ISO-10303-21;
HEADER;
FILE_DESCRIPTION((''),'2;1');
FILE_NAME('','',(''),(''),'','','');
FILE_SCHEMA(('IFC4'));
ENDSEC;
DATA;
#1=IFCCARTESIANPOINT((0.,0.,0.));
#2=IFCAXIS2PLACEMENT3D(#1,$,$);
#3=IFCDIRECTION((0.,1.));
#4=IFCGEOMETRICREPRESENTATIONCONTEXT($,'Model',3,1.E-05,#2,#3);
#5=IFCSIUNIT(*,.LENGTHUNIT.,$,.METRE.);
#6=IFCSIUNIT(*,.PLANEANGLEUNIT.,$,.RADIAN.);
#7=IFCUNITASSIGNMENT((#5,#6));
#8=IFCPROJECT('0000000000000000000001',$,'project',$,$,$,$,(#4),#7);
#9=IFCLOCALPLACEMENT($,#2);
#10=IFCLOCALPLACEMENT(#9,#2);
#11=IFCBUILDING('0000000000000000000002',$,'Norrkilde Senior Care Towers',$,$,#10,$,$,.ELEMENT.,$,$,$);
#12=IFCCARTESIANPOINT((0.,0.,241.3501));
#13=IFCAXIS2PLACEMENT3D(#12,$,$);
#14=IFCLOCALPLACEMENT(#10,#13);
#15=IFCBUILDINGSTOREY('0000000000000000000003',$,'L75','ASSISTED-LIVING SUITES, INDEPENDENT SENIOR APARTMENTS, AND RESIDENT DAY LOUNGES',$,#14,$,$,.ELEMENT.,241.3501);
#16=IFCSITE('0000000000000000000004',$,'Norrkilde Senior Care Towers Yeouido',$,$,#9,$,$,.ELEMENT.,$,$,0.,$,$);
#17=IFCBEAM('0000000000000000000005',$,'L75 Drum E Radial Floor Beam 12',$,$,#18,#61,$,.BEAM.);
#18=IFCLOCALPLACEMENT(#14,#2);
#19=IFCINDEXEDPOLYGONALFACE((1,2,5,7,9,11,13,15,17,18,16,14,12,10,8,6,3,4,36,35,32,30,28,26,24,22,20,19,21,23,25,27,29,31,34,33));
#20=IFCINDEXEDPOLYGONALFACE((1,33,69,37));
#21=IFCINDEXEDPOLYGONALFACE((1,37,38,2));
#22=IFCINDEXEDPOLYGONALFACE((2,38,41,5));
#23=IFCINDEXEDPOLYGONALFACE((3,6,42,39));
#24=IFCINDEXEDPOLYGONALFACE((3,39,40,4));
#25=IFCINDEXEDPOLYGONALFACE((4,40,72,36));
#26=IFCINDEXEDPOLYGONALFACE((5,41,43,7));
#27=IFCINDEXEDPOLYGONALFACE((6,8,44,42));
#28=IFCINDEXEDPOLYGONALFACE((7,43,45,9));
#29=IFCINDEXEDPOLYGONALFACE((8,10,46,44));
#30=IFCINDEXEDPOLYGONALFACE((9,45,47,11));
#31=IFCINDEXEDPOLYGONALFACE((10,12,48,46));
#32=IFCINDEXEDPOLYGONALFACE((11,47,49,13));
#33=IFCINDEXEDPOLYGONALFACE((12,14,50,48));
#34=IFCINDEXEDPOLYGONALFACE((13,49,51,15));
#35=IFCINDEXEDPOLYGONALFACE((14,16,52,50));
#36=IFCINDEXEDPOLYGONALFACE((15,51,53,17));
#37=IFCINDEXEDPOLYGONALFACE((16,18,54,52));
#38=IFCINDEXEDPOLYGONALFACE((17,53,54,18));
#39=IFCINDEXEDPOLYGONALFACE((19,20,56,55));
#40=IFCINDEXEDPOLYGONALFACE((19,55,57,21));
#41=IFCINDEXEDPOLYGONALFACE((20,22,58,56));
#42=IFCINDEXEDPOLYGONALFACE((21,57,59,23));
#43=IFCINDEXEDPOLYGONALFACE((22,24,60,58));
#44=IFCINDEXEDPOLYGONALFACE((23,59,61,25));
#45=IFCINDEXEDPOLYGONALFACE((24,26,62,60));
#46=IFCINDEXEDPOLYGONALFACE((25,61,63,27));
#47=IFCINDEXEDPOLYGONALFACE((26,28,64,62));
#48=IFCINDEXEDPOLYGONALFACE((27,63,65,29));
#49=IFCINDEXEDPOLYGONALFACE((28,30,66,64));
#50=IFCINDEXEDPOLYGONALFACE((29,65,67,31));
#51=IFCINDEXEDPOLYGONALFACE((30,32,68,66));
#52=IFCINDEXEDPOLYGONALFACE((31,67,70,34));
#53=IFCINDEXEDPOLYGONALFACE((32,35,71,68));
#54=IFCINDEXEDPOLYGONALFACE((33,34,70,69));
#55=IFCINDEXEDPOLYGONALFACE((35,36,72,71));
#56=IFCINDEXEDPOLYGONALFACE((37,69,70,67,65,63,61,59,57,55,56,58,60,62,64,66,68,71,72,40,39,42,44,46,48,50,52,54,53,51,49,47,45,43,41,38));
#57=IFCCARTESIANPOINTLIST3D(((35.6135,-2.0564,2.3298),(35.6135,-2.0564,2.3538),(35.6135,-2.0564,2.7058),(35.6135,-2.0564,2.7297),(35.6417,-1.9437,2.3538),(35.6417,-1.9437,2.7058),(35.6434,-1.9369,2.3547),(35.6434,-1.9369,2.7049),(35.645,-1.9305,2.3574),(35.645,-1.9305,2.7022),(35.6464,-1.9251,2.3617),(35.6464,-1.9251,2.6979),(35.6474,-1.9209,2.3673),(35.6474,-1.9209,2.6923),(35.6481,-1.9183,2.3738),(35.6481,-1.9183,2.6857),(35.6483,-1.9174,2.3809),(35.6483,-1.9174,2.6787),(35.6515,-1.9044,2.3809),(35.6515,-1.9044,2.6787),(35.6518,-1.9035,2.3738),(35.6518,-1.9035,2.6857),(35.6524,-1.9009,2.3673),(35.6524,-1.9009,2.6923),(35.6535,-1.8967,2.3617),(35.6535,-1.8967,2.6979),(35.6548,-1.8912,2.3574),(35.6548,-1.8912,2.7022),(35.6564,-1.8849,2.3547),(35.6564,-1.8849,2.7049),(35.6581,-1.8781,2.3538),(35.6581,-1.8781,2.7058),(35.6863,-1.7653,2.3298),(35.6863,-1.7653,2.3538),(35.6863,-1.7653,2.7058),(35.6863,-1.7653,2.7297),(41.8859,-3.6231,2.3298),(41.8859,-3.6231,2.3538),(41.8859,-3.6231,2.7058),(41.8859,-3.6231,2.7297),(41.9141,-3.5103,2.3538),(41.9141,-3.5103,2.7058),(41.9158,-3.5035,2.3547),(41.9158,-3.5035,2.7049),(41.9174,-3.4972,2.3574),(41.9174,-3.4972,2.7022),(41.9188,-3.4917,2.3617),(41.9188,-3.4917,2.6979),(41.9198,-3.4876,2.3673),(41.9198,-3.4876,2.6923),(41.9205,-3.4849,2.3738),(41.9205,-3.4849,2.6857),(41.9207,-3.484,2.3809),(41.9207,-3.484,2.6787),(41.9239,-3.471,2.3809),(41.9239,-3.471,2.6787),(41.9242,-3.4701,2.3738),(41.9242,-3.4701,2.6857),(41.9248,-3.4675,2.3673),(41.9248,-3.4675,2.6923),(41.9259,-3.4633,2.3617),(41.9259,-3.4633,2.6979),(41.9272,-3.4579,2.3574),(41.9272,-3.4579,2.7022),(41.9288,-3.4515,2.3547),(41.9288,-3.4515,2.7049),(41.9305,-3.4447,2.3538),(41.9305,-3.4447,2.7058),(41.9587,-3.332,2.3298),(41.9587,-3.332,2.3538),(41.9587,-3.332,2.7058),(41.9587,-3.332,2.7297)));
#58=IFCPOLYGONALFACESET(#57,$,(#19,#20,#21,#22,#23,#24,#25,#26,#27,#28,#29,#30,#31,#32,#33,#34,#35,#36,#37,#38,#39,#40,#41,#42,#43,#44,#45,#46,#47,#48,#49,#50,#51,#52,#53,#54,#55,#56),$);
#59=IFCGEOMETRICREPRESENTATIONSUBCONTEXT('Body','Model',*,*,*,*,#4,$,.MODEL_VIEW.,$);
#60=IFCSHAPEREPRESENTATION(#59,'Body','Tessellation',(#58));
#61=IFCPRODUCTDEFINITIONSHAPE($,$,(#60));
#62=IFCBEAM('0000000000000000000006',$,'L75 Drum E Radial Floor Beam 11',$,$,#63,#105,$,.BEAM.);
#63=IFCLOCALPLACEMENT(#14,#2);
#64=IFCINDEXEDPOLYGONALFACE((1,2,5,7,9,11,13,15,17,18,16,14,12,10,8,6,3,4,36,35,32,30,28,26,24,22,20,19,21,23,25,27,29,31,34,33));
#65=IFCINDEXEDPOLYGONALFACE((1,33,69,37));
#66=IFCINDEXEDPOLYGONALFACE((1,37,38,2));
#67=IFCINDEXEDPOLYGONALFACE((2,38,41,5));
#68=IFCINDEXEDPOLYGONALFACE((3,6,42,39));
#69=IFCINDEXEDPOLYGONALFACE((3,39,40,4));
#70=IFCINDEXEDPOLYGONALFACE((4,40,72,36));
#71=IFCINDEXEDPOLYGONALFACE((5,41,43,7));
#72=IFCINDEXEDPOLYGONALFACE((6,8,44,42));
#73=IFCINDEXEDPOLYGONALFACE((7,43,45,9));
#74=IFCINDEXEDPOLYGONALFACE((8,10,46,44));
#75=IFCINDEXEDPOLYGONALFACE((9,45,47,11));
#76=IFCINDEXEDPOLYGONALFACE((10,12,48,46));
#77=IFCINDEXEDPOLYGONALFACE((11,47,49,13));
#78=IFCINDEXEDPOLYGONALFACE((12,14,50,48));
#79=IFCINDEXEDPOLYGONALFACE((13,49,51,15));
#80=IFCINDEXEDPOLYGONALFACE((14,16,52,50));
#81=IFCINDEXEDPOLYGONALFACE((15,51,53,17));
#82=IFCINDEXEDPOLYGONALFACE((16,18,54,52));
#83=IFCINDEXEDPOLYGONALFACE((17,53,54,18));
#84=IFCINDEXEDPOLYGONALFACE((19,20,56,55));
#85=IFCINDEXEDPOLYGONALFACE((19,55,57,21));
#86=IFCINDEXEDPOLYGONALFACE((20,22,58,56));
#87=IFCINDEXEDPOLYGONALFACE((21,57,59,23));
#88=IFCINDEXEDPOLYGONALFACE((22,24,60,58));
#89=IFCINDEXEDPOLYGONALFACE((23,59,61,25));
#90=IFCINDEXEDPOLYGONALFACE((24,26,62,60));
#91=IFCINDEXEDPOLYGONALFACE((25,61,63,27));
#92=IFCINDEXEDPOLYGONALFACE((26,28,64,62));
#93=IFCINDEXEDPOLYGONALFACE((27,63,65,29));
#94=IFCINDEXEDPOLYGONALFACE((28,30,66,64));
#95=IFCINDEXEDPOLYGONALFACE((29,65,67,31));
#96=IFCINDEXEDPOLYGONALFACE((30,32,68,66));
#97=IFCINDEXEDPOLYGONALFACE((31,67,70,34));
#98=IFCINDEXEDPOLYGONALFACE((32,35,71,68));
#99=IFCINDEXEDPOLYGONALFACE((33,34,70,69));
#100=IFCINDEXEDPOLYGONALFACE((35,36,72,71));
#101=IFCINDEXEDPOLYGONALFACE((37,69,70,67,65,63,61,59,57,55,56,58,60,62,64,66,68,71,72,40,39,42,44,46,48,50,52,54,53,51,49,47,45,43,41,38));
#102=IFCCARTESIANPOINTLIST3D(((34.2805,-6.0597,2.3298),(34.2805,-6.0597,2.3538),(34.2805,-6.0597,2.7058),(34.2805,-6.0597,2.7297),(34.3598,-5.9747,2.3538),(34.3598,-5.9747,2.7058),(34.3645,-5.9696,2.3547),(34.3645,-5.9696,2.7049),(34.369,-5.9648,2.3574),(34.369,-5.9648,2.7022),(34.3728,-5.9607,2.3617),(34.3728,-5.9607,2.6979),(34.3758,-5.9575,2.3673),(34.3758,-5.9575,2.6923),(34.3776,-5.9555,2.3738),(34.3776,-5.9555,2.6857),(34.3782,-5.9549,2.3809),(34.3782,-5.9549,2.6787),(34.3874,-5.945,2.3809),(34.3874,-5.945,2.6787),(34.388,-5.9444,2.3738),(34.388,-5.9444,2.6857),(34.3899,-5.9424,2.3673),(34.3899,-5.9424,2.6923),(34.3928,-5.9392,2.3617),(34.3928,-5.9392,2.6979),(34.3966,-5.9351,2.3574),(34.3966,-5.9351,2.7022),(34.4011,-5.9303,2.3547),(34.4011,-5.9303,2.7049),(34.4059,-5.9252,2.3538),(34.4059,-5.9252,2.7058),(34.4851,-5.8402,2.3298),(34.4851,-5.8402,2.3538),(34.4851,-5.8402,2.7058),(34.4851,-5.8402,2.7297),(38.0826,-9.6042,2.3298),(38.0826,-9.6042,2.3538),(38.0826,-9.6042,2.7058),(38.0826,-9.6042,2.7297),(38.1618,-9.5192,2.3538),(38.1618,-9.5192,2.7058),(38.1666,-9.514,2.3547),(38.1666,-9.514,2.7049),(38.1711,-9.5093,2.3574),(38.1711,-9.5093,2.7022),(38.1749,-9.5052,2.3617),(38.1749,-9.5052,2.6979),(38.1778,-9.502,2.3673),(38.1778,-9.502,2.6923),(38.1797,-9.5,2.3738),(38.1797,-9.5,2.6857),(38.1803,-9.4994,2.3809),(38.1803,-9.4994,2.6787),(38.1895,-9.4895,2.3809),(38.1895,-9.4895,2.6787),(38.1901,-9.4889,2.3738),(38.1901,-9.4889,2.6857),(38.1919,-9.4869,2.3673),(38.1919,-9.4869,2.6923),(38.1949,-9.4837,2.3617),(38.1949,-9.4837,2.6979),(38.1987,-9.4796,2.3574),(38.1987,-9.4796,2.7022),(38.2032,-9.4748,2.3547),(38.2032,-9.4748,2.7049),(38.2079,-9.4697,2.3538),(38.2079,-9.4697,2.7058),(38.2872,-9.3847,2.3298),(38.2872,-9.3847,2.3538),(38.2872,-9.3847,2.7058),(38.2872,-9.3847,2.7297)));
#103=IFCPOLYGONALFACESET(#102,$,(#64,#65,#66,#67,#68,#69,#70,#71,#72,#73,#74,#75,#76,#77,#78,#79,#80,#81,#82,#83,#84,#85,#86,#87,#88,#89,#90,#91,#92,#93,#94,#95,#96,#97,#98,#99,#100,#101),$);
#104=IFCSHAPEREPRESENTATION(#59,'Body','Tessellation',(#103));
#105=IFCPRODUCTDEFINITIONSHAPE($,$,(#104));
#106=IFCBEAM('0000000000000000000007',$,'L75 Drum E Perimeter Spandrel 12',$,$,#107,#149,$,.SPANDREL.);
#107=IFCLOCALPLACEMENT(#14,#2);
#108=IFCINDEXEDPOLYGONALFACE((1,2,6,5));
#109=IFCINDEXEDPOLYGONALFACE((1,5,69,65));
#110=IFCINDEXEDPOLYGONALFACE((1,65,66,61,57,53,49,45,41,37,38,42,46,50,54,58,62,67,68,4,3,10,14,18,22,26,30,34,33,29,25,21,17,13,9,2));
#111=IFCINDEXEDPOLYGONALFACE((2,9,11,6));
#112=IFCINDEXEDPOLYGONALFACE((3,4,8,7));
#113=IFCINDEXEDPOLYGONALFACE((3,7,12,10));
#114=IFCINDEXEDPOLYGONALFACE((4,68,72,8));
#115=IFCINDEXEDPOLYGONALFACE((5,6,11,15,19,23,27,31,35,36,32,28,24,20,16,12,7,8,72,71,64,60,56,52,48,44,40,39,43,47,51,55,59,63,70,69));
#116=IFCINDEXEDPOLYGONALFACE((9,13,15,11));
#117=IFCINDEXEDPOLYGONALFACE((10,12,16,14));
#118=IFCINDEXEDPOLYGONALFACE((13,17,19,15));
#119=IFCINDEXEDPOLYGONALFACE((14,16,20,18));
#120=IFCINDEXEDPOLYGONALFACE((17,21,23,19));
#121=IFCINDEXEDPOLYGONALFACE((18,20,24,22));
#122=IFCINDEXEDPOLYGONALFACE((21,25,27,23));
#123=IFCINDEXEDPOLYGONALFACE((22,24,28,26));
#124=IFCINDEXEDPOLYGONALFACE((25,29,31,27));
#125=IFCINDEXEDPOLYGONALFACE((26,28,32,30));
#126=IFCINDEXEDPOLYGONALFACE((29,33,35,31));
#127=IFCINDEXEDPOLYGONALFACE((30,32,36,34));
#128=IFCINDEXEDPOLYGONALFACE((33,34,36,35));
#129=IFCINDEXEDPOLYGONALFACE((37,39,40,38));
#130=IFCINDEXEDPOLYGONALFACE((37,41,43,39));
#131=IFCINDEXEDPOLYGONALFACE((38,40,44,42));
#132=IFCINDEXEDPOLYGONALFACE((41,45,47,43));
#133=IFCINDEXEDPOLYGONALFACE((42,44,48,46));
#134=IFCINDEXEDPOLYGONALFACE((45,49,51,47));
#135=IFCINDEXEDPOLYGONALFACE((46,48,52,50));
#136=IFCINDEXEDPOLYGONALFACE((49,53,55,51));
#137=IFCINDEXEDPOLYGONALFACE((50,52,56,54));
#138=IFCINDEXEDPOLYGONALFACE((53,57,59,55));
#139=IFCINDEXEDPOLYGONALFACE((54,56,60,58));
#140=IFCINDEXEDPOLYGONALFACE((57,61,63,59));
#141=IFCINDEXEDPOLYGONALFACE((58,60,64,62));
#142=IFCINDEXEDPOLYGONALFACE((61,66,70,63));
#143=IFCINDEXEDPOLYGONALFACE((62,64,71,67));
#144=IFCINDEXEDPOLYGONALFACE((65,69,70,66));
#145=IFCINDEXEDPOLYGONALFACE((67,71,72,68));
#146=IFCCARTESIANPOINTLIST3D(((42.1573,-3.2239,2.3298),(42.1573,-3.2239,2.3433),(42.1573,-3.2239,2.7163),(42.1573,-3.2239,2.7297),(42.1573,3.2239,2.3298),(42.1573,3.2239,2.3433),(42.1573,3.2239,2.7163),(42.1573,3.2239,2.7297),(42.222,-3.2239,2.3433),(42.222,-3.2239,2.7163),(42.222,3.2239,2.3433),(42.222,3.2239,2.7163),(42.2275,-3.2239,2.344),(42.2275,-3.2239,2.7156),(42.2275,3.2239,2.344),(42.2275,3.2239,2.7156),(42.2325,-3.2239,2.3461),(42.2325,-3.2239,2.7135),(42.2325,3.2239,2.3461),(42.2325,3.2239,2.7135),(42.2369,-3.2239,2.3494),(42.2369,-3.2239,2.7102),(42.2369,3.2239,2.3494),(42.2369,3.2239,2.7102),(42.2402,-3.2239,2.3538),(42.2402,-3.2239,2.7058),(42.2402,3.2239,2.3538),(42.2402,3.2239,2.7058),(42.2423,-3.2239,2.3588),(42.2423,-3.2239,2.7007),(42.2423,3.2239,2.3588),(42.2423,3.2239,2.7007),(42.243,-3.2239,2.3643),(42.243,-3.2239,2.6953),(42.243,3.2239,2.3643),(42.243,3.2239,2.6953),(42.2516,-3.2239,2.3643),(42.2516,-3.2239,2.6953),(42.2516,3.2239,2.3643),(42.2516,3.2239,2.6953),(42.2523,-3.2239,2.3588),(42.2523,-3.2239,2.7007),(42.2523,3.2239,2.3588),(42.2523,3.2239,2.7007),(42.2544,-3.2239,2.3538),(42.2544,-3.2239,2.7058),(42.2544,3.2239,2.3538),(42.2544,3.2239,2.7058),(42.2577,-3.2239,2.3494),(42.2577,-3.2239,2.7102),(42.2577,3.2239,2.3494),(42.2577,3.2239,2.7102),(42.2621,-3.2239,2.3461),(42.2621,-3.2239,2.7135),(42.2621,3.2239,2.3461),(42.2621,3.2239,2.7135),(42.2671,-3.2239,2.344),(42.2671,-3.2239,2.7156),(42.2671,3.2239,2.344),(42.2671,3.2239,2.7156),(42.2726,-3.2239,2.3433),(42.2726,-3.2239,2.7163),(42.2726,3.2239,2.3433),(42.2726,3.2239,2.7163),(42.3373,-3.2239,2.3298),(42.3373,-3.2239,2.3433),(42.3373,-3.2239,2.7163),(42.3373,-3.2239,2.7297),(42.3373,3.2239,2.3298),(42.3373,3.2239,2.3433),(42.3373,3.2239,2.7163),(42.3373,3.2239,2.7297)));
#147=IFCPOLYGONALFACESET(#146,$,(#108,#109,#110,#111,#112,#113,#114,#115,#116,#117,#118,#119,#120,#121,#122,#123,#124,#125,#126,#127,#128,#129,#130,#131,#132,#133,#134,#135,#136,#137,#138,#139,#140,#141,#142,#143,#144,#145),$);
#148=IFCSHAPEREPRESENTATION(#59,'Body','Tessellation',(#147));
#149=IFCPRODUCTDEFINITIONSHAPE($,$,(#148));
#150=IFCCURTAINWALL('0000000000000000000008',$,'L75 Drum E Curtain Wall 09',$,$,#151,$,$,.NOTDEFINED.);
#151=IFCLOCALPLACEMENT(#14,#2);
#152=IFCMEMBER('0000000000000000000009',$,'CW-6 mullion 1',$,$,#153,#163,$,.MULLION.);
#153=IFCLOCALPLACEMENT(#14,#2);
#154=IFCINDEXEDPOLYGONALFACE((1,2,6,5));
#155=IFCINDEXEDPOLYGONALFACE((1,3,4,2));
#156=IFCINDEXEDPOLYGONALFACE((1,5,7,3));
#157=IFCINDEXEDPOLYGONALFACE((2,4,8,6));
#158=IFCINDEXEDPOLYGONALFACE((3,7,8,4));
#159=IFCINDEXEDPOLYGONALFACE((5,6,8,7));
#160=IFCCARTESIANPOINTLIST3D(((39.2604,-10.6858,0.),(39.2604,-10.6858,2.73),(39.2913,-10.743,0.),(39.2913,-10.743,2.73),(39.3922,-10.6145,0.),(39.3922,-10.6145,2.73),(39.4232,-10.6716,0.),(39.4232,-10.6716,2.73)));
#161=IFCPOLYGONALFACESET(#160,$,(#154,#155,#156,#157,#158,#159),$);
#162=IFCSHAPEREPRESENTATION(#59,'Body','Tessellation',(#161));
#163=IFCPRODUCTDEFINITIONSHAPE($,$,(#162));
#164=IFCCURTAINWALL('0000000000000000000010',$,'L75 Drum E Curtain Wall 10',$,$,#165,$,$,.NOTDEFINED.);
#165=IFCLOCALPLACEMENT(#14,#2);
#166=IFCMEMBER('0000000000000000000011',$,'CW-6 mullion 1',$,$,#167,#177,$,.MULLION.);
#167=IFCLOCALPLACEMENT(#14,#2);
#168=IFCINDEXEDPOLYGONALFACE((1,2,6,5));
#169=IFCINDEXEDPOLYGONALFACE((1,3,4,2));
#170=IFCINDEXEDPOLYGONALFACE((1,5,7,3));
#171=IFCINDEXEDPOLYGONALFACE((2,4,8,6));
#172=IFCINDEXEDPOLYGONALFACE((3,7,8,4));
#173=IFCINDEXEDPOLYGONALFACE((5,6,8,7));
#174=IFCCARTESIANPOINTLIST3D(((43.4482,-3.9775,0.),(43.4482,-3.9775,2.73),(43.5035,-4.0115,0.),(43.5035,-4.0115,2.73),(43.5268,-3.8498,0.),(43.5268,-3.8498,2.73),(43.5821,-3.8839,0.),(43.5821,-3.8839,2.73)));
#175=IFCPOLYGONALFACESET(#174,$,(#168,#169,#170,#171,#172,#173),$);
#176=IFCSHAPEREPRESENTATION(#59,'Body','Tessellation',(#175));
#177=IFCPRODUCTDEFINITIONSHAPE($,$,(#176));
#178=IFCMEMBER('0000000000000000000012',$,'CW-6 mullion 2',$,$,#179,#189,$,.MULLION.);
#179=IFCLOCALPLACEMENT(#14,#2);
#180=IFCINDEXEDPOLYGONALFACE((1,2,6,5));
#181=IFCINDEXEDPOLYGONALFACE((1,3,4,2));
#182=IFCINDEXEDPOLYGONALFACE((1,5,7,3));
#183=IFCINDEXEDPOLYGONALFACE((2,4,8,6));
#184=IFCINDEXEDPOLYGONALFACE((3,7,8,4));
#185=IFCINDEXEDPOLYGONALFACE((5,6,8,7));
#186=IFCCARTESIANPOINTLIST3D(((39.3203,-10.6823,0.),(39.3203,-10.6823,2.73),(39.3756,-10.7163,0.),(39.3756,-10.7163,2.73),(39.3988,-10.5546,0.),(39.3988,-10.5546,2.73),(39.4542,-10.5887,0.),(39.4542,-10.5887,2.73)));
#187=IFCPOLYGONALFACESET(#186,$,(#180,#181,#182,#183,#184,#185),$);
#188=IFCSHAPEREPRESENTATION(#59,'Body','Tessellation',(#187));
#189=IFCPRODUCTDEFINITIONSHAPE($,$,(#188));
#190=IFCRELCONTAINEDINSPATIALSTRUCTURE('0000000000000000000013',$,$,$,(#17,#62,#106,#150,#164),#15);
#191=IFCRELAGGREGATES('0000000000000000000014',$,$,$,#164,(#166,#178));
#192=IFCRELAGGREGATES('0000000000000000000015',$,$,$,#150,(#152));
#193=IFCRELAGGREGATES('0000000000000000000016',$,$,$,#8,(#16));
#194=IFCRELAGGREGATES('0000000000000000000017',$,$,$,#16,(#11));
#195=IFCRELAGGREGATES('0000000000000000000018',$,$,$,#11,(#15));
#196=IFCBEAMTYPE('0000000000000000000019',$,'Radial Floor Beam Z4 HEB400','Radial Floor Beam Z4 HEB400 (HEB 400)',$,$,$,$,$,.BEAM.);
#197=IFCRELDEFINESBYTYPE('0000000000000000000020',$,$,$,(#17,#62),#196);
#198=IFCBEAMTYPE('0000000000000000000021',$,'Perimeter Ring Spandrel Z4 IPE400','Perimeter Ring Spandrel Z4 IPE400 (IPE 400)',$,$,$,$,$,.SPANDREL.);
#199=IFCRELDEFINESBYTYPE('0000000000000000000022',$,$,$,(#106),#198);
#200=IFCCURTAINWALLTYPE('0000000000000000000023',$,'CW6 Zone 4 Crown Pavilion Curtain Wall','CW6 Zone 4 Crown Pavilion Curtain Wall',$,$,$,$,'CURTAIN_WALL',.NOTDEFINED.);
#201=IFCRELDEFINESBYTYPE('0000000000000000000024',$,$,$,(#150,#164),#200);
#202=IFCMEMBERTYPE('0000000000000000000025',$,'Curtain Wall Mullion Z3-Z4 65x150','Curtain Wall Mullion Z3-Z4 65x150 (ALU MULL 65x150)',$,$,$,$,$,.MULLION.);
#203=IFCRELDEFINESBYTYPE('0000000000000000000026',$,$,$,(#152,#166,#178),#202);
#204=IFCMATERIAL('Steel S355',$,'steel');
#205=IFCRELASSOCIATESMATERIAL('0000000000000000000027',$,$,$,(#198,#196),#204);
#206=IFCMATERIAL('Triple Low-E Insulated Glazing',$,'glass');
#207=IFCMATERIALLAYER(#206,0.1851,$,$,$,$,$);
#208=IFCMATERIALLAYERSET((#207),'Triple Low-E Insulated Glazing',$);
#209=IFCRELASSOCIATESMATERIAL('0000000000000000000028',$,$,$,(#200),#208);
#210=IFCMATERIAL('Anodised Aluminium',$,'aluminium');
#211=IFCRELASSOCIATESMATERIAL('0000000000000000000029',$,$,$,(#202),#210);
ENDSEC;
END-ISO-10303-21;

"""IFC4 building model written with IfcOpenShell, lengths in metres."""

from ifc_helpers import new_model, si_unit, direction, frame, origin, origin_2d, place, context, subcontext, project, spatial, rectangle, i_section, extrude, source, transform, mapped, material, layer, layer_set, material_profile, profile_set, type_object, type_shapes, element, aggregate, save


model = new_model("IFC4")

# Units and contexts
model_context = context("Model", 3, precision=1e-05, world=origin(), true_north=direction((0.0, 1.0)))
body_context = subcontext(model_context, "Body", "Model", "MODEL_VIEW")
ifc_project = project(units=[si_unit("LENGTHUNIT", "METRE"), si_unit("PLANEANGLEUNIT", "RADIAN")], contexts=[model_context])

# Site, building, storey
site_placement = place(None, origin())
site = spatial("IfcSite", under=ifc_project, at=site_placement, Name="Norrkilde Senior Care Towers Yeouido", CompositionType="ELEMENT", RefElevation=0.0)
building_placement = place(site_placement, origin())
building = spatial("IfcBuilding", under=site, at=building_placement, Name="Norrkilde Senior Care Towers", CompositionType="ELEMENT")
storey_placement = place(building_placement, frame((0.0, 0.0, 241.3501)))
storey = spatial("IfcBuildingStorey", under=building, at=storey_placement, Name="L75", Description="ASSISTED-LIVING SUITES, INDEPENDENT SENIOR APARTMENTS, AND RESIDENT DAY LOUNGES", CompositionType="ELEMENT", Elevation=241.3501)

# Beams
ifc_material_1 = material(Name="Steel S355", Category="steel")
ifc_material_profile_1 = material_profile(ifc_material_1, i_section(OverallWidth=0.1799, OverallDepth=0.3999, WebThickness=0.0085, FlangeThickness=0.0134, FilletRadius=0.021, at=origin_2d()), Name="IPE 400")
ifc_profile_set_1 = profile_set([ifc_material_profile_1], Name="Steel S355")
beam_type_1 = type_object("IfcBeamType", Name="Perimeter Ring Spandrel Z4 IPE400", Description="Perimeter Ring Spandrel Z4 IPE400 (IPE 400)", PredefinedType="SPANDREL", material=ifc_profile_set_1)
ifc_material_profile_2 = material_profile(ifc_material_1, i_section(OverallWidth=0.3, OverallDepth=0.3999, WebThickness=0.0134, FlangeThickness=0.0239, FilletRadius=0.0271, at=origin_2d()), Name="HEB 400")
ifc_profile_set_2 = profile_set([ifc_material_profile_2], Name="Steel S355")
beam_type_2 = type_object("IfcBeamType", Name="Radial Floor Beam Z4 HEB400", Description="Radial Floor Beam Z4 HEB400 (HEB 400)", PredefinedType="BEAM", material=ifc_profile_set_2)
shared_shape_1 = source(origin(), body_context, "Body", "SweptSolid", [
    extrude(i_section(OverallWidth=0.3, OverallDepth=0.3999, WebThickness=0.0134, FlangeThickness=0.0239, FilletRadius=0.0271, at=origin_2d()), origin(), (0.0, 0.0, 1.0), 6.4651),
])
beam_1_placement = place(storey_placement, frame((35.6499, -1.9109, 2.5298), z_axis=(0.970196, -0.242322, 0.0), x_axis=(0.242322, 0.970196, 0.0)))
element("IfcBeam", 1, at=beam_1_placement, inside=storey, type_object=beam_type_2, Name="L75 Drum E Radial Floor Beam 12", PredefinedType="BEAM", context=body_context, shape_type="MappedRepresentation", body=[
    mapped(shared_shape_1, transform((0.0, 0.0, 0.0), x_axis=(1.0, 0.0, 0.0), y_axis=(0.0, 1.0, 0.0), z_axis=(0.0, 0.0, 1.0), scale=1.0)),
])
shared_shape_2 = source(origin(), body_context, "Body", "SweptSolid", [
    extrude(i_section(OverallWidth=0.3, OverallDepth=0.3999, WebThickness=0.0134, FlangeThickness=0.0239, FilletRadius=0.0271, at=origin_2d()), origin(), (0.0, 0.0, 1.0), 5.198),
])
type_shapes(beam_type_2, [shared_shape_1, shared_shape_2])
beam_2_placement = place(storey_placement, frame((34.3828, -5.95, 2.5298), z_axis=(0.731449, -0.681896, 0.0), x_axis=(0.681896, 0.731449, 0.0)))
element("IfcBeam", 2, at=beam_2_placement, inside=storey, type_object=beam_type_2, Name="L75 Drum E Radial Floor Beam 11", PredefinedType="BEAM", context=body_context, shape_type="MappedRepresentation", body=[
    mapped(shared_shape_2, transform((0.0, 0.0, 0.0), x_axis=(1.0, 0.0, 0.0), y_axis=(0.0, 1.0, 0.0), z_axis=(0.0, 0.0, 1.0), scale=1.0)),
])
shared_shape_3 = source(origin(), body_context, "Body", "SweptSolid", [
    extrude(i_section(OverallWidth=0.1799, OverallDepth=0.3999, WebThickness=0.0085, FlangeThickness=0.0134, FilletRadius=0.021, at=origin_2d()), origin(), (0.0, 0.0, 1.0), 6.4478),
])
beam_3_placement = place(storey_placement, frame((42.2473, -3.2239, 2.5298), z_axis=(0.0, 1.0, 0.0), x_axis=(-1.0, 0.0, 0.0)))
element("IfcBeam", 3, at=beam_3_placement, inside=storey, type_object=beam_type_1, Name="L75 Drum E Perimeter Spandrel 12", PredefinedType="SPANDREL", context=body_context, shape_type="MappedRepresentation", body=[
    mapped(shared_shape_3, transform((0.0, 0.0, 0.0), x_axis=(1.0, 0.0, 0.0), y_axis=(0.0, 1.0, 0.0), z_axis=(0.0, 0.0, 1.0), scale=1.0)),
])

# Curtain wall, member
ifc_material_2 = material(Name="Triple Low-E Insulated Glazing", Category="glass")
ifc_layer_1 = layer(ifc_material_2, 0.1851)
ifc_layer_set_1 = layer_set([ifc_layer_1], Name="Triple Low-E Insulated Glazing")
curtain_wall_type = type_object("IfcCurtainWallType", Name="CW6 Zone 4 Crown Pavilion Curtain Wall", Description="CW6 Zone 4 Crown Pavilion Curtain Wall", ElementType="CURTAIN_WALL", PredefinedType="NOTDEFINED", material=ifc_layer_set_1)
curtain_wall_1_placement = place(storey_placement, origin())
curtain_wall_1 = element("IfcCurtainWall", 4, at=curtain_wall_1_placement, inside=storey, type_object=curtain_wall_type, Name="L75 Drum E Curtain Wall 09", PredefinedType="NOTDEFINED")
ifc_material_3 = material(Name="Anodised Aluminium", Category="aluminium")
ifc_material_profile_3 = material_profile(ifc_material_3, rectangle(XDim=0.0649, YDim=0.1499, at=origin_2d()), Name="ALU MULL 65x150")
ifc_profile_set_3 = profile_set([ifc_material_profile_3], Name="Anodised Aluminium")
member_type_1 = type_object("IfcMemberType", Name="Curtain Wall Mullion Z3-Z4 65x150", Description="Curtain Wall Mullion Z3-Z4 65x150 (ALU MULL 65x150)", PredefinedType="MULLION", material=ifc_profile_set_3)
shared_shape_4 = source(origin(), body_context, "Body", "SweptSolid", [
    extrude(rectangle(XDim=0.0649, YDim=0.1499, at=origin_2d()), origin(), (0.0, 0.0, 1.0), 2.73),
])
type_shapes(member_type_1, [shared_shape_4])
member_1_placement = place(storey_placement, frame((39.3418, -10.6787, 0.0), z_axis=(0.0, 0.0, 1.0), x_axis=(0.476133, -0.879373, 0.0)))
member_1 = element("IfcMember", 5, at=member_1_placement, type_object=member_type_1, Name="CW-6 mullion 1", PredefinedType="MULLION", context=body_context, shape_type="MappedRepresentation", body=[
    mapped(shared_shape_4, transform((0.0, 0.0, 0.0), x_axis=(1.0, 0.0, 0.0), y_axis=(0.0, 1.0, 0.0), z_axis=(0.0, 0.0, 1.0), scale=1.0)),
])

# Curtain wall, members
curtain_wall_2_placement = place(storey_placement, origin())
curtain_wall_2 = element("IfcCurtainWall", 6, at=curtain_wall_2_placement, inside=storey, type_object=curtain_wall_type, Name="L75 Drum E Curtain Wall 10", PredefinedType="NOTDEFINED")
member_2_placement = place(storey_placement, frame((43.5151, -3.9307, 0.0), z_axis=(0.0, 0.0, 1.0), x_axis=(0.851563, -0.524253, 0.0)))
member_2 = element("IfcMember", 7, at=member_2_placement, type_object=member_type_1, Name="CW-6 mullion 1", PredefinedType="MULLION", context=body_context, shape_type="MappedRepresentation", body=[
    mapped(shared_shape_4, transform((0.0, 0.0, 0.0), x_axis=(1.0, 0.0, 0.0), y_axis=(0.0, 1.0, 0.0), z_axis=(0.0, 0.0, 1.0), scale=1.0)),
])
member_3_placement = place(storey_placement, frame((39.3872, -10.6355, 0.0), z_axis=(0.0, 0.0, 1.0), x_axis=(0.851563, -0.524253, 0.0)))
member_3 = element("IfcMember", 8, at=member_3_placement, type_object=member_type_1, Name="CW-6 mullion 2", PredefinedType="MULLION", context=body_context, shape_type="MappedRepresentation", body=[
    mapped(shared_shape_4, transform((0.0, 0.0, 0.0), x_axis=(1.0, 0.0, 0.0), y_axis=(0.0, 1.0, 0.0), z_axis=(0.0, 0.0, 1.0), scale=1.0)),
])

aggregate(curtain_wall_2, [member_2, member_3])
aggregate(curtain_wall_1, [member_1])

save(model, "model.ifc")
